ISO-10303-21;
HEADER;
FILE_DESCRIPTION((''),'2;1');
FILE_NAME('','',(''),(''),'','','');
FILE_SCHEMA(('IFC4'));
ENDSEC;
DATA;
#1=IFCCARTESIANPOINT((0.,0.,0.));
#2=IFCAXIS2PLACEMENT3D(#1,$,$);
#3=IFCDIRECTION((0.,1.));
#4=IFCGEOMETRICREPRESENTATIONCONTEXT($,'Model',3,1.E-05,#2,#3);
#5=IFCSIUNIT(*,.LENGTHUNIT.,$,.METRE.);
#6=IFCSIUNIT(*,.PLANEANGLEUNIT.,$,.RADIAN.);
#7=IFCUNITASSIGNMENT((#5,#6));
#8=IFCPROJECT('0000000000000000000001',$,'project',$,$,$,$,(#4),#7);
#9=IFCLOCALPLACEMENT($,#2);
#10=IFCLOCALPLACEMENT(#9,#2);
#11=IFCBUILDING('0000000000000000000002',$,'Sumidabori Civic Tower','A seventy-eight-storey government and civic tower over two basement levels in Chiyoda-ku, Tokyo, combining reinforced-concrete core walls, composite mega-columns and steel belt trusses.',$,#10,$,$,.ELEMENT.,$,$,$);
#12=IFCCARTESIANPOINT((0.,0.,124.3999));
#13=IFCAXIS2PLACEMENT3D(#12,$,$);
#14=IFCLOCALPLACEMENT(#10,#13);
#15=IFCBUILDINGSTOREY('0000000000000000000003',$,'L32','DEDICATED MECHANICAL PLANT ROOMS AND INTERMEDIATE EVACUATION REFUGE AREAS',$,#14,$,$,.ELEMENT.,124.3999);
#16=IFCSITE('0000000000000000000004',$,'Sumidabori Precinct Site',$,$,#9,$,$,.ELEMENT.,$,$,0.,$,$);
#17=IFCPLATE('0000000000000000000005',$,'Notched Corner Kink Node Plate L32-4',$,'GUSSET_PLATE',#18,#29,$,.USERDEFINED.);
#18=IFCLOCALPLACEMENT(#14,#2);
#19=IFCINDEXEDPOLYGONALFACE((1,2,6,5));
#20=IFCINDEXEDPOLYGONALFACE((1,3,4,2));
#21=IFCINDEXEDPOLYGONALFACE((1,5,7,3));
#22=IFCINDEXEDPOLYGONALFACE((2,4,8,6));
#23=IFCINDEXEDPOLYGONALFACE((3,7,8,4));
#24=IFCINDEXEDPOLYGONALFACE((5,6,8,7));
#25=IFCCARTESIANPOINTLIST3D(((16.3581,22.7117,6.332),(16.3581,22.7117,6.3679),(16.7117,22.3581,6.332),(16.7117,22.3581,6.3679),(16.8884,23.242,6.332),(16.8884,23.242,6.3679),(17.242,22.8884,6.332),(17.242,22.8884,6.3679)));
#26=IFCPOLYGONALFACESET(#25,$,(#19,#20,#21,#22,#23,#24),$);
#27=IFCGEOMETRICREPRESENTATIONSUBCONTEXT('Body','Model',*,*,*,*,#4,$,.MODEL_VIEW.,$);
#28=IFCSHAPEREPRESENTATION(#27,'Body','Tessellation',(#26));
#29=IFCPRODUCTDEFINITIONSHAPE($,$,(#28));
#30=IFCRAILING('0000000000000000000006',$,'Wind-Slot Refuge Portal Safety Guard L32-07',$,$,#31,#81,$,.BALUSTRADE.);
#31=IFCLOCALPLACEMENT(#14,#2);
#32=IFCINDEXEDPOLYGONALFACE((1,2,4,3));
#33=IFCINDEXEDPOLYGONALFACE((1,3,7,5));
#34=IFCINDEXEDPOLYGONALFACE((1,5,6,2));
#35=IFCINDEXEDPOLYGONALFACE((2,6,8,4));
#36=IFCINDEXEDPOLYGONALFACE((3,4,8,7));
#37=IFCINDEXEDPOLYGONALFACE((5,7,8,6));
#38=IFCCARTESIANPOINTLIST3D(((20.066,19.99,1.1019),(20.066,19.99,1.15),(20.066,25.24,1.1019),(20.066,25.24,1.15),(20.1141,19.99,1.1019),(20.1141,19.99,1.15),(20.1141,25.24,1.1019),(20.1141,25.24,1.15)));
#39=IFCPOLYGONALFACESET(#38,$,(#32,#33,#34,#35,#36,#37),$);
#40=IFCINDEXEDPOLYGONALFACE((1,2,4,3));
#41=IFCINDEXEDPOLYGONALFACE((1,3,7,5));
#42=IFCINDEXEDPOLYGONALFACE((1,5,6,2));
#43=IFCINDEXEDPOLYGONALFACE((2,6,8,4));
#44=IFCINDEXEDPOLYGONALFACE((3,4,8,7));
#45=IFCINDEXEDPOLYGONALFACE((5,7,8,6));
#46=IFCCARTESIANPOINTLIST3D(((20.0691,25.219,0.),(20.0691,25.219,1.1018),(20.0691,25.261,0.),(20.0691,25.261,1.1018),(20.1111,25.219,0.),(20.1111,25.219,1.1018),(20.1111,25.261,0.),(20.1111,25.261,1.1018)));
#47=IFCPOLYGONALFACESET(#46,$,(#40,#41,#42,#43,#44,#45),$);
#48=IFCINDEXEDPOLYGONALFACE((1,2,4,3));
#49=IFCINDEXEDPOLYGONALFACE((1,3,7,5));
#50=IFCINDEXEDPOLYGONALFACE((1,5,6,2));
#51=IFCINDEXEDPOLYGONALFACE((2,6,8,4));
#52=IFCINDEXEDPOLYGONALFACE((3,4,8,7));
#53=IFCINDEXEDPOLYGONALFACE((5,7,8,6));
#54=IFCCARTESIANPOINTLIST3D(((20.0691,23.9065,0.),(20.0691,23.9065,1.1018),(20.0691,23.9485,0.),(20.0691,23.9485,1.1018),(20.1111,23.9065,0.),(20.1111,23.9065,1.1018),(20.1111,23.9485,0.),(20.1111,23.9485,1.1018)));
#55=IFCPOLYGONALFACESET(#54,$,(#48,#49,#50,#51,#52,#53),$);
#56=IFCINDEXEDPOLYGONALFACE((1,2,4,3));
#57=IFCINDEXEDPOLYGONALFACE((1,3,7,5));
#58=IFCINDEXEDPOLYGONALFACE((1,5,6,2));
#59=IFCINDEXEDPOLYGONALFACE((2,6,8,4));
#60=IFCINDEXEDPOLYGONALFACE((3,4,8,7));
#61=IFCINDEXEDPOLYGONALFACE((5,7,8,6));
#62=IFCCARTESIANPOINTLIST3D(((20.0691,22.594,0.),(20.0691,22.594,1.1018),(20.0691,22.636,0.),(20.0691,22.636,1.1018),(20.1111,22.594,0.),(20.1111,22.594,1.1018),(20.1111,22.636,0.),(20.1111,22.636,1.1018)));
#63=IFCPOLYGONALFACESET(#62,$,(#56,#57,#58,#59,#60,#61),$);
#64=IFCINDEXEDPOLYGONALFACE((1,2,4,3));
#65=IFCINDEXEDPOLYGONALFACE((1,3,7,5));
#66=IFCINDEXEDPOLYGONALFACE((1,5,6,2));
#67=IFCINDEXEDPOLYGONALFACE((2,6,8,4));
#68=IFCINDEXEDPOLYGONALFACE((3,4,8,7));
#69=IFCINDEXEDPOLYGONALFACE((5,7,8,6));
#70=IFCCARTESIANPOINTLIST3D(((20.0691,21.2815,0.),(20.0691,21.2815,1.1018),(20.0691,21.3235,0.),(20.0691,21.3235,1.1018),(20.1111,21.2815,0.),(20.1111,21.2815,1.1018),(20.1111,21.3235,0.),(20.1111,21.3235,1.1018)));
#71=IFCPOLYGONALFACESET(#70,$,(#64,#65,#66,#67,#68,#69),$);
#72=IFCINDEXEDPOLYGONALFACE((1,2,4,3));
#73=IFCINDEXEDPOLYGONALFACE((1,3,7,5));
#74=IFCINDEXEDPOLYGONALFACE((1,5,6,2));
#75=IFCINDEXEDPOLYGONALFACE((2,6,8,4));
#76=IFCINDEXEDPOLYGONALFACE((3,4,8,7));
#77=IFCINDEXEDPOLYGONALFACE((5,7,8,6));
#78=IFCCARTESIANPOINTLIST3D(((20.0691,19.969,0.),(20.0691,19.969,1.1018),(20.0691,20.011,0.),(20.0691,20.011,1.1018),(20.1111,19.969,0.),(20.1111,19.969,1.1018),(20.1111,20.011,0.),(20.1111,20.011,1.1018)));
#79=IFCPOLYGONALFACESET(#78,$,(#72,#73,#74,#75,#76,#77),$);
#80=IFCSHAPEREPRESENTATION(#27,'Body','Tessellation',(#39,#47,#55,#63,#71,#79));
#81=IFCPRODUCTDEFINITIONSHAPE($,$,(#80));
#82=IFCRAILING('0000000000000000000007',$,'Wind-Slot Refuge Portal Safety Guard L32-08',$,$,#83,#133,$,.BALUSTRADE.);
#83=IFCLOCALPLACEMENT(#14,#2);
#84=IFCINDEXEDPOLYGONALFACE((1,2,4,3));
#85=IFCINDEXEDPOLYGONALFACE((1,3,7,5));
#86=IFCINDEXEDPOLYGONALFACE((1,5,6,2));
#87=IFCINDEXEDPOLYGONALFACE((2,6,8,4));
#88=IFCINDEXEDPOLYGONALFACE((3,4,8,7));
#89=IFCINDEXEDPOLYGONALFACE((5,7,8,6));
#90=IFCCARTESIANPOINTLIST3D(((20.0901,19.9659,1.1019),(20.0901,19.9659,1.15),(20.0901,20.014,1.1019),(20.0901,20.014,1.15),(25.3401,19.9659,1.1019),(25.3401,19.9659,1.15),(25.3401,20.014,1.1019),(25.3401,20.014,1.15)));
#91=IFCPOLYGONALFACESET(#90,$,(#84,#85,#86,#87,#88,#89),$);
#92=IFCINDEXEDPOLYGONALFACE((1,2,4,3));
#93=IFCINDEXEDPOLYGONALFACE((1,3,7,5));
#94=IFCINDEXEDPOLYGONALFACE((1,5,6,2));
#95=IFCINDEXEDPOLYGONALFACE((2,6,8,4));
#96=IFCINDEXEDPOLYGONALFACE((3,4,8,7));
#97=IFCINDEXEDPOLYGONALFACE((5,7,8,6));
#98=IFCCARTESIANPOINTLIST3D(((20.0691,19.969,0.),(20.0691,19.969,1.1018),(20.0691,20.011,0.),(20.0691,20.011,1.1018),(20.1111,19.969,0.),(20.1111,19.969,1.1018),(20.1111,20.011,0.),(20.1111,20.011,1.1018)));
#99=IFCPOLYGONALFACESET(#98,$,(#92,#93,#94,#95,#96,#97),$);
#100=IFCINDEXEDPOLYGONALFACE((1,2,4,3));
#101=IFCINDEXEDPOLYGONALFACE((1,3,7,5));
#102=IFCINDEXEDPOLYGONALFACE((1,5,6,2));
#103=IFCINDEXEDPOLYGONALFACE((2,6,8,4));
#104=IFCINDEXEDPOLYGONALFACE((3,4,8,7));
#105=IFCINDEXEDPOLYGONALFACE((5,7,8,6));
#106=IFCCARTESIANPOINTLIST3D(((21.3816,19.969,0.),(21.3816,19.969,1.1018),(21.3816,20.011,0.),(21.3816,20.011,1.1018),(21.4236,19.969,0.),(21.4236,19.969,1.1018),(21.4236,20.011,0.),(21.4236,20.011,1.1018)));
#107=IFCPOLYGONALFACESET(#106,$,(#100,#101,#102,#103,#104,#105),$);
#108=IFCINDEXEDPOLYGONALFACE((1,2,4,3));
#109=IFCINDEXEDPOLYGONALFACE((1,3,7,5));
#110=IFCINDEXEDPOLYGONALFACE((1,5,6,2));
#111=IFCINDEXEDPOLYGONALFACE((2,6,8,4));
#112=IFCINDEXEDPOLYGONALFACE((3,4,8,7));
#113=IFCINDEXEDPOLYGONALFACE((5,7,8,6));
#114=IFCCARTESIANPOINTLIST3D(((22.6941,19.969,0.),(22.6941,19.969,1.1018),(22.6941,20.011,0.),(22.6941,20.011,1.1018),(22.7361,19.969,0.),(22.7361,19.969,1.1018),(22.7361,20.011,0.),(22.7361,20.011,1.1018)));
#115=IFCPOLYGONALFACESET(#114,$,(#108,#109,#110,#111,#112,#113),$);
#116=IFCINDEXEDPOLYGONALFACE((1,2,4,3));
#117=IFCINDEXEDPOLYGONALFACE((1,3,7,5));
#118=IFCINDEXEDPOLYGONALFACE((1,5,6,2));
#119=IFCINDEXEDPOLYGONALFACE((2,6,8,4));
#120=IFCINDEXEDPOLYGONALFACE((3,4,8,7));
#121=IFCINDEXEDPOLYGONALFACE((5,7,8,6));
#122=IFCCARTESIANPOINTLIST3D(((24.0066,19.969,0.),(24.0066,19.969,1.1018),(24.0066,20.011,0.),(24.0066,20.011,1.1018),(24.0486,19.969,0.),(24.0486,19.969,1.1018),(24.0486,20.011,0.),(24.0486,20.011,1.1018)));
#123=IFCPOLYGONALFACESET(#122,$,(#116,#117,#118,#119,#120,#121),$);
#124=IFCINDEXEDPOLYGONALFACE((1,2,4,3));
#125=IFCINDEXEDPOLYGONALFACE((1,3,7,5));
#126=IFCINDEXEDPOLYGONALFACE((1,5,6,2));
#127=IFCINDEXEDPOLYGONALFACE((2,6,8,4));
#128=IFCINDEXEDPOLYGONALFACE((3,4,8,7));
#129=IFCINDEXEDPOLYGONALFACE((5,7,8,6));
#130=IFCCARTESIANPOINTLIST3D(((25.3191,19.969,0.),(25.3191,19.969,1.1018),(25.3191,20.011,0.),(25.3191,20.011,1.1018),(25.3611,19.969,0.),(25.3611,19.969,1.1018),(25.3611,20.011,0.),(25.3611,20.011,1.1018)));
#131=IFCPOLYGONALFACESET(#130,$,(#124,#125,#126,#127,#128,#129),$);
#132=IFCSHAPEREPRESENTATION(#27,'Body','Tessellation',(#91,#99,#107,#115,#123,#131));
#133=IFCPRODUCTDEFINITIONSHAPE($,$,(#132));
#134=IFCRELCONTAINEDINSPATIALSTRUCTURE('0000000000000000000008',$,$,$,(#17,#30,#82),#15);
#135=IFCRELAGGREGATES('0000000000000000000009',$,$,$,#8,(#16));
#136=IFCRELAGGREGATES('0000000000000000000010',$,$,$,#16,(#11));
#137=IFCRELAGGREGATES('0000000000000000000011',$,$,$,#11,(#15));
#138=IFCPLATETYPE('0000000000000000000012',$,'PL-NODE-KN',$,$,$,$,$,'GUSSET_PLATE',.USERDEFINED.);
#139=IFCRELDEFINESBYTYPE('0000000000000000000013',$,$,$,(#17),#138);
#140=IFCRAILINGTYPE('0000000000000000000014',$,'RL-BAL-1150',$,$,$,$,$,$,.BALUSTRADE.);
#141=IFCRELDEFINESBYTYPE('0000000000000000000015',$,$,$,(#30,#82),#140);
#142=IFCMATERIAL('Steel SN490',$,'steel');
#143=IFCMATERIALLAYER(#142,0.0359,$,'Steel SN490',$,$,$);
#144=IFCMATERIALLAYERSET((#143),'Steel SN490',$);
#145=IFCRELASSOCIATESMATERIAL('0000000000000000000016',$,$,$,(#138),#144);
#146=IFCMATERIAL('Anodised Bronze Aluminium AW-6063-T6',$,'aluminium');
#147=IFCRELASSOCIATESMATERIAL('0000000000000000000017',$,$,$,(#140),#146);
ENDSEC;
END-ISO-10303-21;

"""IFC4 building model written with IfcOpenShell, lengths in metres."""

from ifc_helpers import new_model, si_unit, direction, frame, origin, origin_2d, place, context, subcontext, project, spatial, rectangle, extrude, source, transform, mapped, material, layer, layer_set, type_object, element, save


model = new_model("IFC4")

# Units and contexts
model_context = context("Model", 3, precision=1e-05, world=origin(), true_north=direction((0.0, 1.0)))
body_context = subcontext(model_context, "Body", "Model", "MODEL_VIEW")
ifc_project = project(units=[si_unit("LENGTHUNIT", "METRE"), si_unit("PLANEANGLEUNIT", "RADIAN")], contexts=[model_context])

# Site, building, storey
site_placement = place(None, origin())
site = spatial("IfcSite", under=ifc_project, at=site_placement, Name="Sumidabori Precinct Site", CompositionType="ELEMENT", RefElevation=0.0)
building_placement = place(site_placement, origin())
building = spatial("IfcBuilding", under=site, at=building_placement, Name="Sumidabori Civic Tower", Description="A seventy-eight-storey government and civic tower over two basement levels in Chiyoda-ku, Tokyo, combining reinforced-concrete core walls, composite mega-columns and steel belt trusses.", CompositionType="ELEMENT")
storey_placement = place(building_placement, frame((0.0, 0.0, 124.3999)))
storey = spatial("IfcBuildingStorey", under=building, at=storey_placement, Name="L32", Description="DEDICATED MECHANICAL PLANT ROOMS AND INTERMEDIATE EVACUATION REFUGE AREAS", CompositionType="ELEMENT", Elevation=124.3999)

# Shared definitions
ifc_material_1 = material(Name="Steel SN490", Category="steel")

# Plate
ifc_layer_1 = layer(ifc_material_1, 0.0359, Name="Steel SN490")
ifc_layer_set_1 = layer_set([ifc_layer_1], Name="Steel SN490")
plate_type_1 = type_object("IfcPlateType", Name="PL-NODE-KN", ElementType="GUSSET_PLATE", PredefinedType="USERDEFINED", material=ifc_layer_set_1)
shared_shape_1 = source(origin(), body_context, "Body", "SweptSolid", [
    extrude(rectangle(XDim=0.75, YDim=0.5, at=origin_2d()), origin(), (0.0, 0.0, 1.0), 0.0359),
])
plate_placement = place(storey_placement, frame((16.8, 22.8, 6.332), z_axis=(0.0, 0.0, 1.0), x_axis=(0.707107, 0.707107, 0.0)))
element("IfcPlate", 1, at=plate_placement, inside=storey, type_object=plate_type_1, Name="Notched Corner Kink Node Plate L32-4", ObjectType="GUSSET_PLATE", PredefinedType="USERDEFINED", context=body_context, shape_type="MappedRepresentation", body=[
    mapped(shared_shape_1, transform((0.0, 0.0, 0.0), x_axis=(1.0, 0.0, 0.0), y_axis=(0.0, 1.0, 0.0), z_axis=(0.0, 0.0, 1.0), scale=1.0)),
])

# Railings
ifc_material_2 = material(Name="Anodised Bronze Aluminium AW-6063-T6", Category="aluminium")
railing_type = type_object("IfcRailingType", Name="RL-BAL-1150", PredefinedType="BALUSTRADE", material=ifc_material_2)
railing_1_placement = place(storey_placement, frame((20.0901, 25.24, 0.0)))
element("IfcRailing", 2, at=railing_1_placement, inside=storey, type_object=railing_type, Name="Wind-Slot Refuge Portal Safety Guard L32-07", PredefinedType="BALUSTRADE", context=body_context, shape_type="SweptSolid", body=[
    extrude(rectangle(XDim=0.0481, YDim=0.0481, at=origin_2d()), frame((0.0, 0.0, 1.126), z_axis=(0.0, -1.0, 0.0), x_axis=(1.0, 0.0, 0.0)), (0.0, 0.0, 1.0), 5.25),
    extrude(rectangle(XDim=0.042, YDim=0.042, at=origin_2d()), origin(), (0.0, 0.0, 1.0), 1.1018),
    extrude(rectangle(XDim=0.042, YDim=0.042, at=origin_2d()), frame((0.0, -1.3125, 0.0)), (0.0, 0.0, 1.0), 1.1018),
    extrude(rectangle(XDim=0.042, YDim=0.042, at=origin_2d()), frame((0.0, -2.625, 0.0)), (0.0, 0.0, 1.0), 1.1018),
    extrude(rectangle(XDim=0.042, YDim=0.042, at=origin_2d()), frame((0.0, -3.9375, 0.0)), (0.0, 0.0, 1.0), 1.1018),
    extrude(rectangle(XDim=0.042, YDim=0.042, at=origin_2d()), frame((0.0, -5.25, 0.0)), (0.0, 0.0, 1.0), 1.1018),
])
railing_2_placement = place(storey_placement, frame((20.0901, 19.99, 0.0)))
element("IfcRailing", 3, at=railing_2_placement, inside=storey, type_object=railing_type, Name="Wind-Slot Refuge Portal Safety Guard L32-08", PredefinedType="BALUSTRADE", context=body_context, shape_type="SweptSolid", body=[
    extrude(rectangle(XDim=0.0481, YDim=0.0481, at=origin_2d()), frame((0.0, 0.0, 1.126), z_axis=(1.0, 0.0, 0.0), x_axis=(0.0, 1.0, 0.0)), (0.0, 0.0, 1.0), 5.25),
    extrude(rectangle(XDim=0.042, YDim=0.042, at=origin_2d()), origin(), (0.0, 0.0, 1.0), 1.1018),
    extrude(rectangle(XDim=0.042, YDim=0.042, at=origin_2d()), frame((1.3125, 0.0, 0.0)), (0.0, 0.0, 1.0), 1.1018),
    extrude(rectangle(XDim=0.042, YDim=0.042, at=origin_2d()), frame((2.625, 0.0, 0.0)), (0.0, 0.0, 1.0), 1.1018),
    extrude(rectangle(XDim=0.042, YDim=0.042, at=origin_2d()), frame((3.9375, 0.0, 0.0)), (0.0, 0.0, 1.0), 1.1018),
    extrude(rectangle(XDim=0.042, YDim=0.042, at=origin_2d()), frame((5.25, 0.0, 0.0)), (0.0, 0.0, 1.0), 1.1018),
])

save(model, "model.ifc")
